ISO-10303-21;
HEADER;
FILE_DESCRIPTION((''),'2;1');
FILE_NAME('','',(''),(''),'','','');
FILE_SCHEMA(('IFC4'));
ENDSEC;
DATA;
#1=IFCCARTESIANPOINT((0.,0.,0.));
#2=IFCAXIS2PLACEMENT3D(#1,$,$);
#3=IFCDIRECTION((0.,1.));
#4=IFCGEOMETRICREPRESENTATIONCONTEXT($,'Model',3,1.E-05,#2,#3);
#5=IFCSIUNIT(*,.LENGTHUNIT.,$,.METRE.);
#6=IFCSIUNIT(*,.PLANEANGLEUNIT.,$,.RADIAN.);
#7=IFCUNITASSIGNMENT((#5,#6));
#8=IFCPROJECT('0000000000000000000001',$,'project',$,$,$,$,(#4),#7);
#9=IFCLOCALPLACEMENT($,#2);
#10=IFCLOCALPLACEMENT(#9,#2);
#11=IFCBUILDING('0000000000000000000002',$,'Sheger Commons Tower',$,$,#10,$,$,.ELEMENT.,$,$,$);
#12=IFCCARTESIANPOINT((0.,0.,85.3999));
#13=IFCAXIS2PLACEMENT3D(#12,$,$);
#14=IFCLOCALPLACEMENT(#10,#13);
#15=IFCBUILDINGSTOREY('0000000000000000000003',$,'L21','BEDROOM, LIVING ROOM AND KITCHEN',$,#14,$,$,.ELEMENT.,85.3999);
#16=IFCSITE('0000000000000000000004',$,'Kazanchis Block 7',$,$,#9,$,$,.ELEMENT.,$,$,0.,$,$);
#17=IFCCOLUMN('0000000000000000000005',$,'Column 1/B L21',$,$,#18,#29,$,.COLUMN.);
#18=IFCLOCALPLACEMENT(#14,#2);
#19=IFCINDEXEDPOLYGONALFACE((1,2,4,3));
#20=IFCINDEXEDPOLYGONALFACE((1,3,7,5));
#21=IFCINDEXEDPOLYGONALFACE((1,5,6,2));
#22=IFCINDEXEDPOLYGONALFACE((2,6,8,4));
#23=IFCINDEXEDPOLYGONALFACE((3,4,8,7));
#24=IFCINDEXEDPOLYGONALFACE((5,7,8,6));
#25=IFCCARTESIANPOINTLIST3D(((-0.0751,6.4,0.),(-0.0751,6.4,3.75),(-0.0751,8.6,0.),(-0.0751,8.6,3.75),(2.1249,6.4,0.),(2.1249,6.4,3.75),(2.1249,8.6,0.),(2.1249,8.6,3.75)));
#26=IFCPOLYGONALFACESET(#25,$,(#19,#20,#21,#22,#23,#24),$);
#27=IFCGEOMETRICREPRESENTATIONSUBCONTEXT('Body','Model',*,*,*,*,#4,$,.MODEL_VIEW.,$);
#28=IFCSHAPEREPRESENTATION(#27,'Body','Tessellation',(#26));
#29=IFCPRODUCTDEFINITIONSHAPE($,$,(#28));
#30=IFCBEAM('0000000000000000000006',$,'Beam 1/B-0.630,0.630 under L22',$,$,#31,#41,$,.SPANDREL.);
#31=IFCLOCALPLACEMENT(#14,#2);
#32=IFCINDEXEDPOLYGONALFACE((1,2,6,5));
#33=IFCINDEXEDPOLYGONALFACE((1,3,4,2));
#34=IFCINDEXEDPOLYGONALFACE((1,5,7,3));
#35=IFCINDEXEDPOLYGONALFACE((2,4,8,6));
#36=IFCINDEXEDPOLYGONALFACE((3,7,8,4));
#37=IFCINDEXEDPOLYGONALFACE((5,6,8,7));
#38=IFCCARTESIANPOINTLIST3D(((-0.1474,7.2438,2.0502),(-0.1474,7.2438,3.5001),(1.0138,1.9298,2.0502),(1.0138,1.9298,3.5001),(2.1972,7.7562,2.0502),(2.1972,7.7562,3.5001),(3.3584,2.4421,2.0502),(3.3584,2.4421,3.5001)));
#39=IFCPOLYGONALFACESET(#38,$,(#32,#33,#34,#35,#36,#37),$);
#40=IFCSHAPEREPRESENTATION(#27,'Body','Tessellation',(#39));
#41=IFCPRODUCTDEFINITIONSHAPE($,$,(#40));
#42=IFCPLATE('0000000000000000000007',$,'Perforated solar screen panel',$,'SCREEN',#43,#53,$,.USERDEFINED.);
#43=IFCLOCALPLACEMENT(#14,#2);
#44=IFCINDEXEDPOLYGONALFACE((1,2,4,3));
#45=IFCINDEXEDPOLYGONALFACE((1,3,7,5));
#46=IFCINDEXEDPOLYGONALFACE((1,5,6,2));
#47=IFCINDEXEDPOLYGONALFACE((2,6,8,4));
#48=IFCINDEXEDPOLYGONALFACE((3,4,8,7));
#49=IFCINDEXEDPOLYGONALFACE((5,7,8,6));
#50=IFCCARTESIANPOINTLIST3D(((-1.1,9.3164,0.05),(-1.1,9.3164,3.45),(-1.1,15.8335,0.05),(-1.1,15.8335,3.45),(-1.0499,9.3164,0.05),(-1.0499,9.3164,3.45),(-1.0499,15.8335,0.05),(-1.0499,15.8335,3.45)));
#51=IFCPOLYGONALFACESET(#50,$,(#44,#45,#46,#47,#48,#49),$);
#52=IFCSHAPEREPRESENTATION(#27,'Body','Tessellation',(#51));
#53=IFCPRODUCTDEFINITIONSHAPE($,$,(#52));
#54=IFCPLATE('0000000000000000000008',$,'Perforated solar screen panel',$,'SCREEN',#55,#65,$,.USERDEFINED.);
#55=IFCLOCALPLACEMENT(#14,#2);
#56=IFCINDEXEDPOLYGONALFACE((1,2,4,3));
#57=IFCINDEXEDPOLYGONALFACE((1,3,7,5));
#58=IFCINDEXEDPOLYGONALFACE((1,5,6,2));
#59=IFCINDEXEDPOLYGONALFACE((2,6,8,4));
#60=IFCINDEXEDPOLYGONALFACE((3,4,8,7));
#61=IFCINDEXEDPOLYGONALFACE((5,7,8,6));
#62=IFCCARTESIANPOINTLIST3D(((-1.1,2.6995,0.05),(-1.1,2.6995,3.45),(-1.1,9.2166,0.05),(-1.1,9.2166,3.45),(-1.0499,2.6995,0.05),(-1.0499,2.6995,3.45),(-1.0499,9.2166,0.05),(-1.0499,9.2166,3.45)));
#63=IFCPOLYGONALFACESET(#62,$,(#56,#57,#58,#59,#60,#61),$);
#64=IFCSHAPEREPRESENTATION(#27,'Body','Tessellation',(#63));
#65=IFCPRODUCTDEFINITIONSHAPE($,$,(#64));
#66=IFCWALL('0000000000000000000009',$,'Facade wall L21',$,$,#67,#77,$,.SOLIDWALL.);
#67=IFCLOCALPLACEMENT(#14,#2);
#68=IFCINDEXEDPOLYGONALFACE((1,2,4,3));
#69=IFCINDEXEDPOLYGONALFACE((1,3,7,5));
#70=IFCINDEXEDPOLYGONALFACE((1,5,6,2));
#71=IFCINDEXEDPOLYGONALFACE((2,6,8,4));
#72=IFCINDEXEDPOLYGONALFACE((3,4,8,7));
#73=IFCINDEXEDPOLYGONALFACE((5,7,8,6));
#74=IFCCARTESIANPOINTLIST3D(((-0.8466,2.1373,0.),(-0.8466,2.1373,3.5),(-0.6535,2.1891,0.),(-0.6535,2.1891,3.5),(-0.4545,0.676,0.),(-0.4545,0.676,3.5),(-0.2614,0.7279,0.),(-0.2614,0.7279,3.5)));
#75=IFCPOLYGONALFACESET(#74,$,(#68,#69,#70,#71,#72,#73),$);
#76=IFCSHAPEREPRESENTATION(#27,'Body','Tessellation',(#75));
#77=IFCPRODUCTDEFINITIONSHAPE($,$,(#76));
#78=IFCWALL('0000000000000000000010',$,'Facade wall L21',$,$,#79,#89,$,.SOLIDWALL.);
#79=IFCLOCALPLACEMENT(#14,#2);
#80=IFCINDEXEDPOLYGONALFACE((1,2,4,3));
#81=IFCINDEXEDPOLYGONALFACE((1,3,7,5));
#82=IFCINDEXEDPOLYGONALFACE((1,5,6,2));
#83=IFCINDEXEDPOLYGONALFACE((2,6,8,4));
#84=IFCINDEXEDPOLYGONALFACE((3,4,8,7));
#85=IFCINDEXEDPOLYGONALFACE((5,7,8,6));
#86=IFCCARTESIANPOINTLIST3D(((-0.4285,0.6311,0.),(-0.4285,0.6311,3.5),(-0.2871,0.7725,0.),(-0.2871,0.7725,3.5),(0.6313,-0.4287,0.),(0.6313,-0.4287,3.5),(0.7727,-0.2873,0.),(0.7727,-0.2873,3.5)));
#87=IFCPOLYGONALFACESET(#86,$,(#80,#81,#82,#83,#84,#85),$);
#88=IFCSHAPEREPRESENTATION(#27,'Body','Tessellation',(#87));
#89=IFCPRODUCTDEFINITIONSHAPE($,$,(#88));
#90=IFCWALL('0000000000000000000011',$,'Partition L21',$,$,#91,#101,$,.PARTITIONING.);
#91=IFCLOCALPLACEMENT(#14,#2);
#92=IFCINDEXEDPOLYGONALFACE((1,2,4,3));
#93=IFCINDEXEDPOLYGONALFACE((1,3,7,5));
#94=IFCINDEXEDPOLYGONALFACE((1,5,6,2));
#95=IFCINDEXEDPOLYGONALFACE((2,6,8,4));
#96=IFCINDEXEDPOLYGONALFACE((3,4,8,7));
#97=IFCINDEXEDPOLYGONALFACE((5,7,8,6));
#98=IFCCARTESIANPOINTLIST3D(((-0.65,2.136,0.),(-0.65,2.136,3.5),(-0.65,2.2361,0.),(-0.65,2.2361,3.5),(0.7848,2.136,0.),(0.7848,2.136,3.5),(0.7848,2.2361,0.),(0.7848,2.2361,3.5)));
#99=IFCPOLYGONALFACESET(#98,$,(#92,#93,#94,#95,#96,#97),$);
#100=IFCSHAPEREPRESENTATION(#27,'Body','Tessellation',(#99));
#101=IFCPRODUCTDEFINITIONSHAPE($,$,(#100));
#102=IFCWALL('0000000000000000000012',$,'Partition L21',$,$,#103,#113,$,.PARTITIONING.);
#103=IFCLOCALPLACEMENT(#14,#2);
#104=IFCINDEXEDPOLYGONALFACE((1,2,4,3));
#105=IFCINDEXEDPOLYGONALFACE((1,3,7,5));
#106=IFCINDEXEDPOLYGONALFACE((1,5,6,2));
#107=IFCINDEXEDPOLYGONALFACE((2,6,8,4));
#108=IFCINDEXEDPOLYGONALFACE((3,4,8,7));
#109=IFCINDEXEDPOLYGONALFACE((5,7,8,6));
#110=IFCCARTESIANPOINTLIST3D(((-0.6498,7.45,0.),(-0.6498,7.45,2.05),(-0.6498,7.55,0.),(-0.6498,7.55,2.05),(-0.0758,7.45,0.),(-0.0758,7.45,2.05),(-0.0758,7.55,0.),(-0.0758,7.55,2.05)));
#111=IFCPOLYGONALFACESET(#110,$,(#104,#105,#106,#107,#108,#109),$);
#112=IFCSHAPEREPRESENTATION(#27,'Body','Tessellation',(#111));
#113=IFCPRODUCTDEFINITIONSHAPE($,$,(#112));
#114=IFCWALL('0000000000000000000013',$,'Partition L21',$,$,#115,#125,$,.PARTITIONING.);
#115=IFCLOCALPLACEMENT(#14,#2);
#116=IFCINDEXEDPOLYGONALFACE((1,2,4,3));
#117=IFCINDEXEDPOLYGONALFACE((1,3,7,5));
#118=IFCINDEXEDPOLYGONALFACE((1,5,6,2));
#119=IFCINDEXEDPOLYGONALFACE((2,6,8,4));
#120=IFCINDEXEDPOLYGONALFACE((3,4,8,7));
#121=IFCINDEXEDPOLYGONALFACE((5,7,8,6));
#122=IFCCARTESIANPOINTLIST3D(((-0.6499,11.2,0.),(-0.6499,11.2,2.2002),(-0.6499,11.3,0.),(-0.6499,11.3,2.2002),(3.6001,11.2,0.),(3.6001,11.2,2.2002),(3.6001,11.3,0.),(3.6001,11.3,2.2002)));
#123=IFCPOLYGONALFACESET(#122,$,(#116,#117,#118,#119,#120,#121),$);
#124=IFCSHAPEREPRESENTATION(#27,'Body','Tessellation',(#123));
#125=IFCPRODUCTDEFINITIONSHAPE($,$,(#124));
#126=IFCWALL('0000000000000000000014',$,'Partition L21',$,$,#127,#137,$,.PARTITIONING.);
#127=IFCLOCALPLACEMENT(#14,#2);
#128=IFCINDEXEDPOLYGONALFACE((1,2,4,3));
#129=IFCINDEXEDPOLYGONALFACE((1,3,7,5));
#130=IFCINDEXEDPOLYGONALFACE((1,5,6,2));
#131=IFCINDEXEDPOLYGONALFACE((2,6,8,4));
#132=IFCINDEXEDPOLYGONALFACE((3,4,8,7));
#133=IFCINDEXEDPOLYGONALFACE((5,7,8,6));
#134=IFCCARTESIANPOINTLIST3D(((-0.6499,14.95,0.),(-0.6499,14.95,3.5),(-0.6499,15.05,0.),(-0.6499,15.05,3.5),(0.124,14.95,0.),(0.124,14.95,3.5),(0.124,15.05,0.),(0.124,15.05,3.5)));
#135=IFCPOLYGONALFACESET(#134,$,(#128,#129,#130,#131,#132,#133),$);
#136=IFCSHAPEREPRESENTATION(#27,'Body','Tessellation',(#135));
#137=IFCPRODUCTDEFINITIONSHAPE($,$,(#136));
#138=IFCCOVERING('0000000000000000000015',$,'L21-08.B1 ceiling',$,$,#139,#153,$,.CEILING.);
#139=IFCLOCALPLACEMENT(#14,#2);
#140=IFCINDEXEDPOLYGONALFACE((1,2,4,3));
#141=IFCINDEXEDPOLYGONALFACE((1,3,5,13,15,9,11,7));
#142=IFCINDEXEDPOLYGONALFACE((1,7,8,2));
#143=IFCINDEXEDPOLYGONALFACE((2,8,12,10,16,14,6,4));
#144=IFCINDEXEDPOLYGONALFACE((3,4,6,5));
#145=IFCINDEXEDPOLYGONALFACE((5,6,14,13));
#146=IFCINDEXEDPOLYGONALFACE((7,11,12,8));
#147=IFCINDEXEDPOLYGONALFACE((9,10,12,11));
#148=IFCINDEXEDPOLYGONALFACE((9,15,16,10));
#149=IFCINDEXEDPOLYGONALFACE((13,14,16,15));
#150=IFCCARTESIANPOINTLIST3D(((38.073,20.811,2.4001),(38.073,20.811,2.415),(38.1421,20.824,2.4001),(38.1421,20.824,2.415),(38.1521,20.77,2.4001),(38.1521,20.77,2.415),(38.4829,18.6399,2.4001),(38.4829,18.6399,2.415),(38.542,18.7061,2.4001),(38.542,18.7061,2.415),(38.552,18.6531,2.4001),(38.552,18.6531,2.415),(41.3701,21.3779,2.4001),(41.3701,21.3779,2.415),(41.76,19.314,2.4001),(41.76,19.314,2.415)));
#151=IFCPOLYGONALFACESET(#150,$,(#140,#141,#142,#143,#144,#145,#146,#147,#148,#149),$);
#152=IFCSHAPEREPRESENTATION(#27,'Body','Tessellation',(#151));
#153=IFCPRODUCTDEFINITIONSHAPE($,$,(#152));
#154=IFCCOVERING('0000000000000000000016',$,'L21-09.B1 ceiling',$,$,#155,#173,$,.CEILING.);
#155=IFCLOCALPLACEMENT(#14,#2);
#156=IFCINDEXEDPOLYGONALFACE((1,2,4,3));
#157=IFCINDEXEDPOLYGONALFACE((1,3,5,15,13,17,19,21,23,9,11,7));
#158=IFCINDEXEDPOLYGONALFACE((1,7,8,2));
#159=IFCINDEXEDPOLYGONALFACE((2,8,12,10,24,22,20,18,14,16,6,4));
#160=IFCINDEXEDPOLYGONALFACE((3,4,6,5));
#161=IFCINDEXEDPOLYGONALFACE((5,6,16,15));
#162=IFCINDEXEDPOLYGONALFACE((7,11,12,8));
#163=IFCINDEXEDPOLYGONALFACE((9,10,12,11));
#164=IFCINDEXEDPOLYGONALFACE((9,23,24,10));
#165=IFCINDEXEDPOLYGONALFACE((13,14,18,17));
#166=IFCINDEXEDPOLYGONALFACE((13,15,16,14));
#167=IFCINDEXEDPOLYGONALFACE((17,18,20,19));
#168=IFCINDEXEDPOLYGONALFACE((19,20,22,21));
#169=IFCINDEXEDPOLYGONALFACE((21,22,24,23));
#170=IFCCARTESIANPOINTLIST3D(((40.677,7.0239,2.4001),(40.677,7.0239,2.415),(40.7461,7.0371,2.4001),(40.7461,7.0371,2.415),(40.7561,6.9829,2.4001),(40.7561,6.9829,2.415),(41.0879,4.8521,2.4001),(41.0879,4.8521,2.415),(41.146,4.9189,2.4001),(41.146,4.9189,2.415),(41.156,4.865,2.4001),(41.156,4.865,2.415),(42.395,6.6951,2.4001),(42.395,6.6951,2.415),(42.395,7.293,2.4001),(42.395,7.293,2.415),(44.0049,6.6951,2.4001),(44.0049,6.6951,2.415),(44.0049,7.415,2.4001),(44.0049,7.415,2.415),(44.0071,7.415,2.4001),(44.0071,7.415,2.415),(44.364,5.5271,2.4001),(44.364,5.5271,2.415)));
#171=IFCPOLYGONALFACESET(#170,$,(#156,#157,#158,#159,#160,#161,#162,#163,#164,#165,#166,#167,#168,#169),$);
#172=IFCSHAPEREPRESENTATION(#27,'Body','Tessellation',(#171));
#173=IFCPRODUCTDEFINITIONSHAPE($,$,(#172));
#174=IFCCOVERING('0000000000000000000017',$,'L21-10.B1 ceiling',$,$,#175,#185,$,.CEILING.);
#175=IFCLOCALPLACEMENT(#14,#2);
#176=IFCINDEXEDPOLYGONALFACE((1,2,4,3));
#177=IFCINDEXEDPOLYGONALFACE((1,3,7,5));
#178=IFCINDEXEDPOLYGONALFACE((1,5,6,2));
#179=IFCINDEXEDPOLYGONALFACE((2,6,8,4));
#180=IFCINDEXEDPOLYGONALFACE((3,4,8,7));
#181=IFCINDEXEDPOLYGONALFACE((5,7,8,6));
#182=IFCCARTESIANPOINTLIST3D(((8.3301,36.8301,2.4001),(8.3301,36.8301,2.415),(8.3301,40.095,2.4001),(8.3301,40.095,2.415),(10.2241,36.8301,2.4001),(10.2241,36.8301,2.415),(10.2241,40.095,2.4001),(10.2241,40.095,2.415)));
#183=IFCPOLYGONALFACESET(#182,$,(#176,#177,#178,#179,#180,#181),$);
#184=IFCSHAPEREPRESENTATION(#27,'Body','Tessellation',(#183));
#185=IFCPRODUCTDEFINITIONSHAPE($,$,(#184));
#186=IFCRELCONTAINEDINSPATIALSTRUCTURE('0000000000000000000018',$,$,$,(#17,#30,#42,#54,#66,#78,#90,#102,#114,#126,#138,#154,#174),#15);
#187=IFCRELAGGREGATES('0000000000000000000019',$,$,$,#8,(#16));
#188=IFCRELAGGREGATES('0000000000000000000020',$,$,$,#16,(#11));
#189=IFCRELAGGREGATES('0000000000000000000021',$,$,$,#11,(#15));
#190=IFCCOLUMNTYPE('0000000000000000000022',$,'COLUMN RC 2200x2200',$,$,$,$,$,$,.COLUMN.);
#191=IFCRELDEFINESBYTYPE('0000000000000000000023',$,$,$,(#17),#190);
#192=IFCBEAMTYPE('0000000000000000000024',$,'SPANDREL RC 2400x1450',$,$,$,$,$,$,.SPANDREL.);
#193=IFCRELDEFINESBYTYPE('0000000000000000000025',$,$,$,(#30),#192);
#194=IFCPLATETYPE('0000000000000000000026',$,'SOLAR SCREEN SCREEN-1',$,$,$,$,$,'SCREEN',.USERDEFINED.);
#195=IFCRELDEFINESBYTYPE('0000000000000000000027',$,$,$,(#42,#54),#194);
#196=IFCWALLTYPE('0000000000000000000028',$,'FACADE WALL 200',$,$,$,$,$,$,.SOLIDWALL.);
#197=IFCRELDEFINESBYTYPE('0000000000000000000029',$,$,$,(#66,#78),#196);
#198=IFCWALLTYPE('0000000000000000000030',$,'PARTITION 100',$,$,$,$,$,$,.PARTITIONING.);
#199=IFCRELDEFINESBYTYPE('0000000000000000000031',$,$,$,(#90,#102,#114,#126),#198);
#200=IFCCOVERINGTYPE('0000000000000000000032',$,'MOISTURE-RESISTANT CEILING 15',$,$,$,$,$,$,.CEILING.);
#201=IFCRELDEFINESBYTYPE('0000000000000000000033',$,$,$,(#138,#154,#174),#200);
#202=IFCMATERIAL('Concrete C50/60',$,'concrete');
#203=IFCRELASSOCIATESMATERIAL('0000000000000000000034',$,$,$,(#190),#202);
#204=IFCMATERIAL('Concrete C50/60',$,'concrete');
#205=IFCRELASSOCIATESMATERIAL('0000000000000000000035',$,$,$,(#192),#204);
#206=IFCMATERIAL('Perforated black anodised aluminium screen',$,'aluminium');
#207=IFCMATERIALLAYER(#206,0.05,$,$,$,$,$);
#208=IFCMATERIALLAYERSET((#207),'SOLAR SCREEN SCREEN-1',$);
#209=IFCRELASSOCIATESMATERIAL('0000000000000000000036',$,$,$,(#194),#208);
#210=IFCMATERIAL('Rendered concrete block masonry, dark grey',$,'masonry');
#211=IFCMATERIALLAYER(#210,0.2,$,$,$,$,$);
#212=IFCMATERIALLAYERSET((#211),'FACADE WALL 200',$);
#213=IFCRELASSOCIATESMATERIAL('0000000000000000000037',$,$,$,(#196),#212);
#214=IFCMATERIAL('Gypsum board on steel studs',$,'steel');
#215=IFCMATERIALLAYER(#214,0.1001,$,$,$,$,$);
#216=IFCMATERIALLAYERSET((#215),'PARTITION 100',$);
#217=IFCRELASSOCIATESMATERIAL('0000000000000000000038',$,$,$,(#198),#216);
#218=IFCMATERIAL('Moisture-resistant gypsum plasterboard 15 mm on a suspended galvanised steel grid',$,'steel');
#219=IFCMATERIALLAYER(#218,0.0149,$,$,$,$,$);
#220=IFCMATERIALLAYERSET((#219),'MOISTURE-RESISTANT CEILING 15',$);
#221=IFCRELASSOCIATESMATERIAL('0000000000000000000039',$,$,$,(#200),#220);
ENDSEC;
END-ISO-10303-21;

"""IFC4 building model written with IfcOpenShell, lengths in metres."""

from ifc_helpers import new_model, si_unit, direction, frame, frame_2d, origin, origin_2d, place, context, subcontext, project, spatial, polyline, rectangle, outline, extrude, material, layer, layer_set, material_profile, profile_set, type_object, element, save


model = new_model("IFC4")

# Units and contexts
model_context = context("Model", 3, precision=1e-05, world=origin(), true_north=direction((0.0, 1.0)))
body_context = subcontext(model_context, "Body", "Model", "MODEL_VIEW")
ifc_project = project(units=[si_unit("LENGTHUNIT", "METRE"), si_unit("PLANEANGLEUNIT", "RADIAN")], contexts=[model_context])

# Site, building, storey
site_placement = place(None, origin())
site = spatial("IfcSite", under=ifc_project, at=site_placement, Name="Kazanchis Block 7", CompositionType="ELEMENT", RefElevation=0.0)
building_placement = place(site_placement, origin())
building = spatial("IfcBuilding", under=site, at=building_placement, Name="Sheger Commons Tower", CompositionType="ELEMENT")
storey_placement = place(building_placement, frame((0.0, 0.0, 85.3999)))
storey = spatial("IfcBuildingStorey", under=building, at=storey_placement, Name="L21", Description="BEDROOM, LIVING ROOM AND KITCHEN", CompositionType="ELEMENT", Elevation=85.3999)

# Column
ifc_material_1 = material(Name="Concrete C50/60", Category="concrete")
ifc_material_profile_1 = material_profile(ifc_material_1, rectangle(XDim=2.2, YDim=2.2, at=origin_2d()), Name="RC 2200x2200")
ifc_profile_set_1 = profile_set([ifc_material_profile_1], Name="Concrete C50/60")
column_type = type_object("IfcColumnType", Name="COLUMN RC 2200x2200", PredefinedType="COLUMN", material=ifc_profile_set_1)
column_placement = place(storey_placement, frame((1.0249, 7.5, 0.0), z_axis=(0.0, 0.0, 1.0), x_axis=(1.0, 0.0, 0.0)))
element("IfcColumn", 1, at=column_placement, inside=storey, type_object=column_type, Name="Column 1/B L21", PredefinedType="COLUMN", context=body_context, shape_type="SweptSolid", body=[
    extrude(rectangle(XDim=2.2, YDim=2.2, at=origin_2d()), origin(), (0.0, 0.0, 1.0), 3.75),
])

# Beam
ifc_material_2 = material(Name="Concrete C50/60", Category="concrete")
ifc_material_profile_2 = material_profile(ifc_material_2, rectangle(XDim=2.3999, YDim=1.45, at=origin_2d()), Name="RC 2400x1450")
ifc_profile_set_2 = profile_set([ifc_material_profile_2], Name="Concrete C50/60")
beam_type = type_object("IfcBeamType", Name="SPANDREL RC 2400x1450", PredefinedType="SPANDREL", material=ifc_profile_set_2)
beam_placement = place(storey_placement, frame((1.0249, 7.5, 2.7751), z_axis=(0.213469, -0.97695, 0.0), x_axis=(0.97695, 0.213469, 0.0)))
element("IfcBeam", 2, at=beam_placement, inside=storey, type_object=beam_type, Name="Beam 1/B-0.630,0.630 under L22", PredefinedType="SPANDREL", context=body_context, shape_type="SweptSolid", body=[
    extrude(rectangle(XDim=2.3999, YDim=1.45, at=origin_2d()), origin(), (0.0, 0.0, 1.0), 5.4395),
])

# Plates
ifc_material_3 = material(Name="Perforated black anodised aluminium screen", Category="aluminium")
ifc_layer_1 = layer(ifc_material_3, 0.05)
ifc_layer_set_1 = layer_set([ifc_layer_1], Name="SOLAR SCREEN SCREEN-1")
plate_type = type_object("IfcPlateType", Name="SOLAR SCREEN SCREEN-1", ElementType="SCREEN", PredefinedType="USERDEFINED", material=ifc_layer_set_1)
for number, where, z_axis, x_axis, name in (
    (3, (-1.075, 12.575, 0.05), (0.0, 0.0, 1.0), (0.0, -1.0, 0.0), "Perforated solar screen panel"),
    (4, (-1.075, 5.958, 0.05), (0.0, 0.0, 1.0), (0.0, -1.0, 0.0), "Perforated solar screen panel"),
):
    element("IfcPlate", number, at=place(storey_placement, frame(where, z_axis=z_axis, x_axis=x_axis)), inside=storey, type_object=plate_type, Name=name, ObjectType="SCREEN", PredefinedType="USERDEFINED", context=body_context, shape_type="SweptSolid", body=[
        extrude(rectangle(XDim=6.5171, YDim=0.05, at=origin_2d()), origin(), (0.0, 0.0, 1.0), 3.3999),
    ])

# Walls
ifc_material_4 = material(Name="Rendered concrete block masonry, dark grey", Category="masonry")
ifc_layer_2 = layer(ifc_material_4, 0.2)
ifc_layer_set_2 = layer_set([ifc_layer_2], Name="FACADE WALL 200")
wall_type_1 = type_object("IfcWallType", Name="FACADE WALL 200", PredefinedType="SOLIDWALL", material=ifc_layer_set_2)
wall_1_placement = place(storey_placement, frame((-0.75, 2.1631, 0.0), z_axis=(0.0, 0.0, 1.0), x_axis=(0.259169, -0.965832, 0.0)))
element("IfcWall", 5, at=wall_1_placement, inside=storey, type_object=wall_type_1, Name="Facade wall L21", PredefinedType="SOLIDWALL", context=body_context, shape_type="SweptSolid", body=[
    extrude(rectangle(XDim=1.5129, YDim=0.2, at=frame_2d((0.7563, 0.0))), origin(), (0.0, 0.0, 1.0), 3.5),
])
wall_2_placement = place(storey_placement, frame((-0.3579, 0.7019, 0.0), z_axis=(0.0, 0.0, 1.0), x_axis=(0.707107, -0.707107, 0.0)))
element("IfcWall", 6, at=wall_2_placement, inside=storey, type_object=wall_type_1, Name="Facade wall L21", PredefinedType="SOLIDWALL", context=body_context, shape_type="SweptSolid", body=[
    extrude(rectangle(XDim=1.4988, YDim=0.2, at=frame_2d((0.7495, 0.0))), origin(), (0.0, 0.0, 1.0), 3.5),
])
ifc_material_5 = material(Name="Gypsum board on steel studs", Category="steel")
ifc_layer_3 = layer(ifc_material_5, 0.1001)
ifc_layer_set_3 = layer_set([ifc_layer_3], Name="PARTITION 100")
wall_type_2 = type_object("IfcWallType", Name="PARTITION 100", PredefinedType="PARTITIONING", material=ifc_layer_set_3)
wall_3_placement = place(storey_placement, frame((-0.6499, 2.186, 0.0), z_axis=(0.0, 0.0, 1.0), x_axis=(1.0, 0.0, 0.0)))
element("IfcWall", 7, at=wall_3_placement, inside=storey, type_object=wall_type_2, Name="Partition L21", PredefinedType="PARTITIONING", context=body_context, shape_type="SweptSolid", body=[
    extrude(rectangle(XDim=1.4348, YDim=0.1001, at=frame_2d((0.7173, 0.0))), origin(), (0.0, 0.0, 1.0), 3.5),
])
wall_4_placement = place(storey_placement, frame((-0.6499, 7.5, 0.0), z_axis=(0.0, 0.0, 1.0), x_axis=(1.0, 0.0, 0.0)))
element("IfcWall", 8, at=wall_4_placement, inside=storey, type_object=wall_type_2, Name="Partition L21", PredefinedType="PARTITIONING", context=body_context, shape_type="SweptSolid", body=[
    extrude(rectangle(XDim=0.574, YDim=0.1001, at=frame_2d((0.2871, 0.0))), origin(), (0.0, 0.0, 1.0), 2.05),
])
wall_5_placement = place(storey_placement, frame((-0.6499, 11.25, 0.0), z_axis=(0.0, 0.0, 1.0), x_axis=(1.0, 0.0, 0.0)))
element("IfcWall", 9, at=wall_5_placement, inside=storey, type_object=wall_type_2, Name="Partition L21", PredefinedType="PARTITIONING", context=body_context, shape_type="SweptSolid", body=[
    extrude(rectangle(XDim=4.25, YDim=0.1001, at=frame_2d((2.125, 0.0))), origin(), (0.0, 0.0, 1.0), 2.2002),
])
wall_6_placement = place(storey_placement, frame((-0.6499, 15.0, 0.0), z_axis=(0.0, 0.0, 1.0), x_axis=(1.0, 0.0, 0.0)))
element("IfcWall", 10, at=wall_6_placement, inside=storey, type_object=wall_type_2, Name="Partition L21", PredefinedType="PARTITIONING", context=body_context, shape_type="SweptSolid", body=[
    extrude(rectangle(XDim=0.7739, YDim=0.1001, at=frame_2d((0.387, 0.0))), origin(), (0.0, 0.0, 1.0), 3.5),
])

# Coverings
ifc_material_6 = material(Name="Moisture-resistant gypsum plasterboard 15 mm on a suspended galvanised steel grid", Category="steel")
ifc_layer_4 = layer(ifc_material_6, 0.0149)
ifc_layer_set_4 = layer_set([ifc_layer_4], Name="MOISTURE-RESISTANT CEILING 15")
covering_type_1 = type_object("IfcCoveringType", Name="MOISTURE-RESISTANT CEILING 15", PredefinedType="CEILING", material=ifc_layer_set_4)
covering_1_placement = place(storey_placement, frame((0.0, 0.0, 2.4001)))
element("IfcCovering", 11, at=covering_1_placement, inside=storey, type_object=covering_type_1, Name="L21-08.B1 ceiling", PredefinedType="CEILING", context=body_context, shape_type="SweptSolid", body=[
    extrude(outline(polyline([(38.4829, 18.6399), (38.552, 18.6531), (38.542, 18.7061), (41.76, 19.314), (41.3701, 21.3779), (38.1521, 20.77), (38.1421, 20.824), (38.073, 20.811), (38.4829, 18.6399)])), origin(), (0.0, 0.0, 1.0), 0.0149),
])
covering_2_placement = place(storey_placement, frame((0.0, 0.0, 2.4001)))
element("IfcCovering", 12, at=covering_2_placement, inside=storey, type_object=covering_type_1, Name="L21-09.B1 ceiling", PredefinedType="CEILING", context=body_context, shape_type="SweptSolid", body=[
    extrude(outline(polyline([(41.0879, 4.8521), (41.156, 4.865), (41.146, 4.9189), (44.364, 5.5271), (44.0071, 7.415), (44.0049, 7.415), (44.0049, 6.6951), (42.395, 6.6951), (42.395, 7.293), (40.7561, 6.9829), (40.7461, 7.0371), (40.677, 7.0239), (41.0879, 4.8521)])), origin(), (0.0, 0.0, 1.0), 0.0149),
])
covering_3_placement = place(storey_placement, frame((0.0, 0.0, 2.4001)))
element("IfcCovering", 13, at=covering_3_placement, inside=storey, type_object=covering_type_1, Name="L21-10.B1 ceiling", PredefinedType="CEILING", context=body_context, shape_type="SweptSolid", body=[
    extrude(outline(polyline([(8.3301, 36.8301), (10.2241, 36.8301), (10.2241, 40.095), (8.3301, 40.095), (8.3301, 36.8301)])), origin(), (0.0, 0.0, 1.0), 0.0149),
])

save(model, "model.ifc")
